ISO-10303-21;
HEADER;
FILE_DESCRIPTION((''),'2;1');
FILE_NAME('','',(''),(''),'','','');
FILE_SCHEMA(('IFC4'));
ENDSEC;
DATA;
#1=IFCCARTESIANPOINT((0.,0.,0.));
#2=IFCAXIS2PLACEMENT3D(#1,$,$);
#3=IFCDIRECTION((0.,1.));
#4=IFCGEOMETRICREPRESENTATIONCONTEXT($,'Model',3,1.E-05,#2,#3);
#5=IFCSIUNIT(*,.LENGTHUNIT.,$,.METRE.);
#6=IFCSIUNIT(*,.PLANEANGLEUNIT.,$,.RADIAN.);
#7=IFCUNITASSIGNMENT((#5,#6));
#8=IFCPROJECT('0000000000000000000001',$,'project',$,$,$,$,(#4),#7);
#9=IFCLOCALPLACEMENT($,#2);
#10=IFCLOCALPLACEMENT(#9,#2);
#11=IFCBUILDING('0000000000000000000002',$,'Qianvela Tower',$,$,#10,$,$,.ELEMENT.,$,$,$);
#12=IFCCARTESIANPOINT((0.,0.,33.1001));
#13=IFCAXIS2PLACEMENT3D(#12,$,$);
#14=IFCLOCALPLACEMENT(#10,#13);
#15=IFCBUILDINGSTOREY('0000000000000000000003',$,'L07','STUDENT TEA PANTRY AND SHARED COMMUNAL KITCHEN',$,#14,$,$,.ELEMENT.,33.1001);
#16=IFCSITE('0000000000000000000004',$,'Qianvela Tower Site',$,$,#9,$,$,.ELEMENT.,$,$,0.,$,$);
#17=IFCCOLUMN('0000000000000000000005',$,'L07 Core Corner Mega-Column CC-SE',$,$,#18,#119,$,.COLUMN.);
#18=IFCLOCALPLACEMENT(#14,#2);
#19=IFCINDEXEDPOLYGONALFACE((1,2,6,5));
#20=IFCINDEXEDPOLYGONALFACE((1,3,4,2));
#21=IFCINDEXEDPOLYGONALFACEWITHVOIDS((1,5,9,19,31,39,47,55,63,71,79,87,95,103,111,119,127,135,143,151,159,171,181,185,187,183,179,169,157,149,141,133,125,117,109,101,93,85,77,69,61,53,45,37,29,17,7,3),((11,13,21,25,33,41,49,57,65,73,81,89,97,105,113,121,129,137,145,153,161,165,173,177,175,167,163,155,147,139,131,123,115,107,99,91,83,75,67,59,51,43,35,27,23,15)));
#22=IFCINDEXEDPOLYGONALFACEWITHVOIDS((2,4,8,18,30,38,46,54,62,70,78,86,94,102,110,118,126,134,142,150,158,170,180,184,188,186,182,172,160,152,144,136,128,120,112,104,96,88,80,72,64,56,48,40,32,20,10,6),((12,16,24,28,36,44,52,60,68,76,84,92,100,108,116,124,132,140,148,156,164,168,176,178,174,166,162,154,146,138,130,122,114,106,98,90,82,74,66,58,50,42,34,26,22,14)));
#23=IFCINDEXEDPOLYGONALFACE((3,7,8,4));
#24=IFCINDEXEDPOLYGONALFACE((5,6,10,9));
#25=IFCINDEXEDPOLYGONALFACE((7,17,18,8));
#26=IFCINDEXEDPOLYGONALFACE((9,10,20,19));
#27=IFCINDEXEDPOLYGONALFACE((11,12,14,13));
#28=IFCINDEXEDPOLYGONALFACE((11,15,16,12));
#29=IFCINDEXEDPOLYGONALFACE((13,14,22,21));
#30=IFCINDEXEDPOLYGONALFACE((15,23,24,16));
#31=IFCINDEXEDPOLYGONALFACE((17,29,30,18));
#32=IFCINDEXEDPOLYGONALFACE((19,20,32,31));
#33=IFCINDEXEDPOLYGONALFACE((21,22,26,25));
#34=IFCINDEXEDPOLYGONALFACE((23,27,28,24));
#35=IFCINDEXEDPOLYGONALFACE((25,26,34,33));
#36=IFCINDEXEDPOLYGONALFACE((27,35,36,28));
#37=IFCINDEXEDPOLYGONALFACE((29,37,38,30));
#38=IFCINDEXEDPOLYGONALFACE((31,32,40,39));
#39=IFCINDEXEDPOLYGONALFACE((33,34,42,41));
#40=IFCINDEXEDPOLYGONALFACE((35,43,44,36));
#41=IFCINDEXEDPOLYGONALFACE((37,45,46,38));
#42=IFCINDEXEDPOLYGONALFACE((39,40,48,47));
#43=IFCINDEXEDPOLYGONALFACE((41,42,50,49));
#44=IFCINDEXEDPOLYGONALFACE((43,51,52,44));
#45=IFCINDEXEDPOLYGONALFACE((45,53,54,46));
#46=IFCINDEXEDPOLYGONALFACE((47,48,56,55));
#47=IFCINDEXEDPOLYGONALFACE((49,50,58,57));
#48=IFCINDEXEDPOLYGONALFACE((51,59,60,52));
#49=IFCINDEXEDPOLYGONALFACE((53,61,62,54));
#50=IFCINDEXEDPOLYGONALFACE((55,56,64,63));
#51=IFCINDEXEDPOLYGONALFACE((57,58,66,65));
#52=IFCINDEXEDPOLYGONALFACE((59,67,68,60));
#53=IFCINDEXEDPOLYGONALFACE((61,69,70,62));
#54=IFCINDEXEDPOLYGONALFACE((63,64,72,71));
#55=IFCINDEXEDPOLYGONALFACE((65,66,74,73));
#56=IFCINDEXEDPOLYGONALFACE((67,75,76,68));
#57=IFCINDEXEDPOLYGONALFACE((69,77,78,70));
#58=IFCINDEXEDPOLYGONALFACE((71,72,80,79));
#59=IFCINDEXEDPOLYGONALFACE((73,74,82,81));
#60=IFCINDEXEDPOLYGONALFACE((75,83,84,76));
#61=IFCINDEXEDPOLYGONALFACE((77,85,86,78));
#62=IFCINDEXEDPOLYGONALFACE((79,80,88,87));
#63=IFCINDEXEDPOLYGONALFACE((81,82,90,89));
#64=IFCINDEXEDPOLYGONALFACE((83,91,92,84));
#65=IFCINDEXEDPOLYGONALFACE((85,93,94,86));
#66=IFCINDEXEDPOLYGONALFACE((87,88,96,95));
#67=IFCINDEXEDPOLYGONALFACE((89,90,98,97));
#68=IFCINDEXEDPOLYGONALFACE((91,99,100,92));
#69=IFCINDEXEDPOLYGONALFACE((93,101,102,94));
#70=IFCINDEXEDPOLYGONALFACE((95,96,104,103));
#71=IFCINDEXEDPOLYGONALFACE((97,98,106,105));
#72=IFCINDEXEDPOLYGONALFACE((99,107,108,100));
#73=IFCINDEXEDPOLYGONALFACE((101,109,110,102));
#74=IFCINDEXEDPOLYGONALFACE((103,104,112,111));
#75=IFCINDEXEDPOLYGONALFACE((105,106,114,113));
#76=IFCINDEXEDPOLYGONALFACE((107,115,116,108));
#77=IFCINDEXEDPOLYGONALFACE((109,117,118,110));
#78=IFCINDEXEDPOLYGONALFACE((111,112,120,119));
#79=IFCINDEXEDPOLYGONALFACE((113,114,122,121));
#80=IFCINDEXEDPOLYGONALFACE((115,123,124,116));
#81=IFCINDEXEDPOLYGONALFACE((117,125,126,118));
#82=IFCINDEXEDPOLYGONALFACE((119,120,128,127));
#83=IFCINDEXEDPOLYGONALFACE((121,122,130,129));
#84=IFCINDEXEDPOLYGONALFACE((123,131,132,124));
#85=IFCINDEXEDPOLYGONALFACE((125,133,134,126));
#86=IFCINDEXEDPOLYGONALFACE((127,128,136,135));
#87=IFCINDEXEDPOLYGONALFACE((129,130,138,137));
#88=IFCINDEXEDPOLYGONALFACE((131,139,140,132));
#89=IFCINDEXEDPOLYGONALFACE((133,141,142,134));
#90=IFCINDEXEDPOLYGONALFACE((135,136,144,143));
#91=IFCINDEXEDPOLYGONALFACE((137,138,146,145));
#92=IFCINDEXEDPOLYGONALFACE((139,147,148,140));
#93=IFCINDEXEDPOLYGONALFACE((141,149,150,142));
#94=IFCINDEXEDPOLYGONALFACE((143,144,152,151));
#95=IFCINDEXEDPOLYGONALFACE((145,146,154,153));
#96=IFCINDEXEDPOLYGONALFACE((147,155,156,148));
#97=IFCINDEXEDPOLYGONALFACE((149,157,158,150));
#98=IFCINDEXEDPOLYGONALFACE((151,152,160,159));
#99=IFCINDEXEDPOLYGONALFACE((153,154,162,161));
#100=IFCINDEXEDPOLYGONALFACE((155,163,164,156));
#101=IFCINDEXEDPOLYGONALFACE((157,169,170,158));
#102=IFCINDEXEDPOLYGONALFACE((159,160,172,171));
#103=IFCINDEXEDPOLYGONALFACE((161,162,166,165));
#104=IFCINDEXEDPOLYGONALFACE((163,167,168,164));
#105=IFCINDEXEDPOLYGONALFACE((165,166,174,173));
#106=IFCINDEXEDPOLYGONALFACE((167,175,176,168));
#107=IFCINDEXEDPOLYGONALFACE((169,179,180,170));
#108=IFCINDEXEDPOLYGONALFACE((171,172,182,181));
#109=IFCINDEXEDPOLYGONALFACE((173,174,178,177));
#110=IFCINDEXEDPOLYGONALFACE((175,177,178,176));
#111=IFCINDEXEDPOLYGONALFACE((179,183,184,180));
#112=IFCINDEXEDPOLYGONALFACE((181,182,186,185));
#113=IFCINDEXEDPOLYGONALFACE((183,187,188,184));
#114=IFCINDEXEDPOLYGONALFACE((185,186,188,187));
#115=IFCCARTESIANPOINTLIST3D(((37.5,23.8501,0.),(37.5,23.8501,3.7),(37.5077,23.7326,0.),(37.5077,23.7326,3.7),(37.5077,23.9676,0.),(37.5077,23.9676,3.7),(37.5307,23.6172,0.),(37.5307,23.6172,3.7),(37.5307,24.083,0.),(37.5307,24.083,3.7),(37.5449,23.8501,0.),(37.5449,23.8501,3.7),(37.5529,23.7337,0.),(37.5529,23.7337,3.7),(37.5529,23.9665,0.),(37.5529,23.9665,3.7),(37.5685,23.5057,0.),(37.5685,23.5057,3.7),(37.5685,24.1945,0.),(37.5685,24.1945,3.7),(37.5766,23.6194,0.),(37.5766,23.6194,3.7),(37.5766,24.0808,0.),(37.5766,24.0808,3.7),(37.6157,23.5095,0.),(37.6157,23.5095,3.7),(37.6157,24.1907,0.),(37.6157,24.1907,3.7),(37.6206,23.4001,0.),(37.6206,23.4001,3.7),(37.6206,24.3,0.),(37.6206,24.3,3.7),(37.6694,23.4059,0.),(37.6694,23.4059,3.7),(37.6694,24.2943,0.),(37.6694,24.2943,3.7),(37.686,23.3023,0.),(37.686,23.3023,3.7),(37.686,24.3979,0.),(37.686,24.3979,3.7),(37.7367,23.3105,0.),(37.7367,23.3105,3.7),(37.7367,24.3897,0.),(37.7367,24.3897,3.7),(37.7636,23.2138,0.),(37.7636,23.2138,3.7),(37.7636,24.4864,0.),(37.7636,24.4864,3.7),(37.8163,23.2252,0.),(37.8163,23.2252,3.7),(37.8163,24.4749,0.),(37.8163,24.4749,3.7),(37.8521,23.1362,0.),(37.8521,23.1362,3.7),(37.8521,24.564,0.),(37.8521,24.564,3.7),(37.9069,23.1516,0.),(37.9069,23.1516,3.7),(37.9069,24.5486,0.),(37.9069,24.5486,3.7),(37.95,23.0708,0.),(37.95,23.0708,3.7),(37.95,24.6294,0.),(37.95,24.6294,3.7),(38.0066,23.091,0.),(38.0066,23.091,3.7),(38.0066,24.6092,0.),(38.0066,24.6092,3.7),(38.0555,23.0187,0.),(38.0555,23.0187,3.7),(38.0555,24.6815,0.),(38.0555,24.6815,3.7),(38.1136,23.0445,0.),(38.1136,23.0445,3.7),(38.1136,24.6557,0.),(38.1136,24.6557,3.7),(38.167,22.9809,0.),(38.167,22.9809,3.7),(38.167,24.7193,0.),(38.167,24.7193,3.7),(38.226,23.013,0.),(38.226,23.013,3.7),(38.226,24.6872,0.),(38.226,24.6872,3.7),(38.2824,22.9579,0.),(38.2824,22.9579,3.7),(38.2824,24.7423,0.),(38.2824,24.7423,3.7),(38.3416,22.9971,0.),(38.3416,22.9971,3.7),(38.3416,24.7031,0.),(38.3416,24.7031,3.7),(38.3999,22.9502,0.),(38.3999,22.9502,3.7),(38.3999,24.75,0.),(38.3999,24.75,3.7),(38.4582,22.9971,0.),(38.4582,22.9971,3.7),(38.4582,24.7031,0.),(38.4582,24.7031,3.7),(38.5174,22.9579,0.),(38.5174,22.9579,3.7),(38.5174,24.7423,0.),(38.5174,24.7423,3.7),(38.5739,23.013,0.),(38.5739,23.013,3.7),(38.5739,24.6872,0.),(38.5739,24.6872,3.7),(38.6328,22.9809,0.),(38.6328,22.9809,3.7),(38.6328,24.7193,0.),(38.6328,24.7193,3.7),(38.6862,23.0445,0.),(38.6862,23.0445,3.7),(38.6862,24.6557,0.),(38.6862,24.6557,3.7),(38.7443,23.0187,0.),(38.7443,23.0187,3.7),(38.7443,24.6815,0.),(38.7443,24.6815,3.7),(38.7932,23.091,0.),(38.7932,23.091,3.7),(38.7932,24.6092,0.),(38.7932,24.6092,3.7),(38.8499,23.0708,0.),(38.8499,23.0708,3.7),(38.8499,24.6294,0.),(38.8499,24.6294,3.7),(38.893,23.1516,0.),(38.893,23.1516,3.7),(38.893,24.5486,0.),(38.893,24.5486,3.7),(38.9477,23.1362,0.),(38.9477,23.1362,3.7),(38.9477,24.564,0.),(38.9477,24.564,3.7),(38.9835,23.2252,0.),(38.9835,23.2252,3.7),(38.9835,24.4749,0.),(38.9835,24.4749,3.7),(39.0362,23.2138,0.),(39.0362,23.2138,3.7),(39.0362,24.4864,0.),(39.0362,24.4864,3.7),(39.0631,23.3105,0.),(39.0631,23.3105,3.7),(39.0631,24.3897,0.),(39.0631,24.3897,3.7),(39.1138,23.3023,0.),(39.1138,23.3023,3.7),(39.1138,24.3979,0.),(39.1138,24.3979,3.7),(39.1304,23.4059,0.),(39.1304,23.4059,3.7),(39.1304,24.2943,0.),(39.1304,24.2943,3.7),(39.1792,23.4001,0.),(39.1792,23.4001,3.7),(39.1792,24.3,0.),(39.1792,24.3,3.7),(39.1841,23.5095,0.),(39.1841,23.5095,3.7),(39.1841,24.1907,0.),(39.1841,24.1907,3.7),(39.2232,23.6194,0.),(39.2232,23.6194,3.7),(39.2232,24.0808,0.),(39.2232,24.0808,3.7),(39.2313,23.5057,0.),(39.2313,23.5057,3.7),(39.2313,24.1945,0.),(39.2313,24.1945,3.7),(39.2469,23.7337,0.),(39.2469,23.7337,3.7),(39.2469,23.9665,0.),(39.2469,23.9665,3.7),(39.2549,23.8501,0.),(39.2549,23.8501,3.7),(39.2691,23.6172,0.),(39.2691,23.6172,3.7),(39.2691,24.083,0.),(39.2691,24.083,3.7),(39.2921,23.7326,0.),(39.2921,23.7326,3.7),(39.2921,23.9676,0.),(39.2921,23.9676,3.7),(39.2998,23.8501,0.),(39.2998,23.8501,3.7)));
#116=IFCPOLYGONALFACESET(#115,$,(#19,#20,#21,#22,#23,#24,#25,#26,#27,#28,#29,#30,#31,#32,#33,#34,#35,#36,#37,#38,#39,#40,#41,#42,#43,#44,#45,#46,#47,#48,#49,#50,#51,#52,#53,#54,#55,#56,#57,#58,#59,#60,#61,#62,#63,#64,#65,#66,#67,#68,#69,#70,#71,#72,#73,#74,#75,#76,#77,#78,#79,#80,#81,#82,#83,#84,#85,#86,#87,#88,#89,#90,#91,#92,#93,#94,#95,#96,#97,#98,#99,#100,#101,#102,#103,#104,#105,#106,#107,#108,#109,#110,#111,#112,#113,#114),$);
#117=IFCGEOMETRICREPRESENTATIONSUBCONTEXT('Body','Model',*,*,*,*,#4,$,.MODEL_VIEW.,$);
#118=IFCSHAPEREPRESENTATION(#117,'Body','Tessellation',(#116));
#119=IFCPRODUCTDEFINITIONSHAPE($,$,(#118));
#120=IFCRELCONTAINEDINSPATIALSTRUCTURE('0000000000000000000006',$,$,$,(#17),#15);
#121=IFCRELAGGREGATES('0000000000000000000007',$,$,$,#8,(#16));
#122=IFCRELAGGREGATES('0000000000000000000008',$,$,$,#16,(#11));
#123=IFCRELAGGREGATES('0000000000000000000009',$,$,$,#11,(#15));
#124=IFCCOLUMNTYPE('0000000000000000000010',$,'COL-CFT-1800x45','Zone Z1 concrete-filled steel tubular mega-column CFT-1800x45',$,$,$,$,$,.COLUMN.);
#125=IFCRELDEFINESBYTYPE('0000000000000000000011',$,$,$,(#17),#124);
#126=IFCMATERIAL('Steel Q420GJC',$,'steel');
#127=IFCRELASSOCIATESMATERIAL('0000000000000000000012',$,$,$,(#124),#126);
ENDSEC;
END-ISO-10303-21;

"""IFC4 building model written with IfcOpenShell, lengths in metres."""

from ifc_helpers import new_model, si_unit, direction, frame, origin, origin_2d, place, context, subcontext, project, spatial, hollow_circle, extrude, material, material_profile, profile_set, type_object, element, save


model = new_model("IFC4")

# Units and contexts
model_context = context("Model", 3, precision=1e-05, world=origin(), true_north=direction((0.0, 1.0)))
body_context = subcontext(model_context, "Body", "Model", "MODEL_VIEW")
ifc_project = project(units=[si_unit("LENGTHUNIT", "METRE"), si_unit("PLANEANGLEUNIT", "RADIAN")], contexts=[model_context])

# Site, building, storey
site_placement = place(None, origin())
site = spatial("IfcSite", under=ifc_project, at=site_placement, Name="Qianvela Tower Site", CompositionType="ELEMENT", RefElevation=0.0)
building_placement = place(site_placement, origin())
building = spatial("IfcBuilding", under=site, at=building_placement, Name="Qianvela Tower", CompositionType="ELEMENT")
storey_placement = place(building_placement, frame((0.0, 0.0, 33.1001)))
storey = spatial("IfcBuildingStorey", under=building, at=storey_placement, Name="L07", Description="STUDENT TEA PANTRY AND SHARED COMMUNAL KITCHEN", CompositionType="ELEMENT", Elevation=33.1001)

# Column
ifc_material_1 = material(Name="Steel Q420GJC", Category="steel")
ifc_material_profile_1 = material_profile(ifc_material_1, hollow_circle(Radius=0.8999, WallThickness=0.0449, at=origin_2d()), Name="CFT-1800x45")
ifc_profile_set_1 = profile_set([ifc_material_profile_1], Name="Steel Q420GJC")
column_type = type_object("IfcColumnType", Name="COL-CFT-1800x45", Description="Zone Z1 concrete-filled steel tubular mega-column CFT-1800x45", PredefinedType="COLUMN", material=ifc_profile_set_1)
for number, where, z_axis, x_axis, name in (
    (1, (38.3999, 23.8501, 0.0), (0.0, 0.0, 1.0), (1.0, 0.0, 0.0), "L07 Core Corner Mega-Column CC-SE"),
):
    element("IfcColumn", number, at=place(storey_placement, frame(where, z_axis=z_axis, x_axis=x_axis)), inside=storey, type_object=column_type, Name=name, PredefinedType="COLUMN", context=body_context, shape_type="SweptSolid", body=[
        extrude(hollow_circle(Radius=0.8999, WallThickness=0.0449, at=origin_2d()), origin(), (0.0, 0.0, 1.0), 3.7),
    ])

save(model, "model.ifc")
